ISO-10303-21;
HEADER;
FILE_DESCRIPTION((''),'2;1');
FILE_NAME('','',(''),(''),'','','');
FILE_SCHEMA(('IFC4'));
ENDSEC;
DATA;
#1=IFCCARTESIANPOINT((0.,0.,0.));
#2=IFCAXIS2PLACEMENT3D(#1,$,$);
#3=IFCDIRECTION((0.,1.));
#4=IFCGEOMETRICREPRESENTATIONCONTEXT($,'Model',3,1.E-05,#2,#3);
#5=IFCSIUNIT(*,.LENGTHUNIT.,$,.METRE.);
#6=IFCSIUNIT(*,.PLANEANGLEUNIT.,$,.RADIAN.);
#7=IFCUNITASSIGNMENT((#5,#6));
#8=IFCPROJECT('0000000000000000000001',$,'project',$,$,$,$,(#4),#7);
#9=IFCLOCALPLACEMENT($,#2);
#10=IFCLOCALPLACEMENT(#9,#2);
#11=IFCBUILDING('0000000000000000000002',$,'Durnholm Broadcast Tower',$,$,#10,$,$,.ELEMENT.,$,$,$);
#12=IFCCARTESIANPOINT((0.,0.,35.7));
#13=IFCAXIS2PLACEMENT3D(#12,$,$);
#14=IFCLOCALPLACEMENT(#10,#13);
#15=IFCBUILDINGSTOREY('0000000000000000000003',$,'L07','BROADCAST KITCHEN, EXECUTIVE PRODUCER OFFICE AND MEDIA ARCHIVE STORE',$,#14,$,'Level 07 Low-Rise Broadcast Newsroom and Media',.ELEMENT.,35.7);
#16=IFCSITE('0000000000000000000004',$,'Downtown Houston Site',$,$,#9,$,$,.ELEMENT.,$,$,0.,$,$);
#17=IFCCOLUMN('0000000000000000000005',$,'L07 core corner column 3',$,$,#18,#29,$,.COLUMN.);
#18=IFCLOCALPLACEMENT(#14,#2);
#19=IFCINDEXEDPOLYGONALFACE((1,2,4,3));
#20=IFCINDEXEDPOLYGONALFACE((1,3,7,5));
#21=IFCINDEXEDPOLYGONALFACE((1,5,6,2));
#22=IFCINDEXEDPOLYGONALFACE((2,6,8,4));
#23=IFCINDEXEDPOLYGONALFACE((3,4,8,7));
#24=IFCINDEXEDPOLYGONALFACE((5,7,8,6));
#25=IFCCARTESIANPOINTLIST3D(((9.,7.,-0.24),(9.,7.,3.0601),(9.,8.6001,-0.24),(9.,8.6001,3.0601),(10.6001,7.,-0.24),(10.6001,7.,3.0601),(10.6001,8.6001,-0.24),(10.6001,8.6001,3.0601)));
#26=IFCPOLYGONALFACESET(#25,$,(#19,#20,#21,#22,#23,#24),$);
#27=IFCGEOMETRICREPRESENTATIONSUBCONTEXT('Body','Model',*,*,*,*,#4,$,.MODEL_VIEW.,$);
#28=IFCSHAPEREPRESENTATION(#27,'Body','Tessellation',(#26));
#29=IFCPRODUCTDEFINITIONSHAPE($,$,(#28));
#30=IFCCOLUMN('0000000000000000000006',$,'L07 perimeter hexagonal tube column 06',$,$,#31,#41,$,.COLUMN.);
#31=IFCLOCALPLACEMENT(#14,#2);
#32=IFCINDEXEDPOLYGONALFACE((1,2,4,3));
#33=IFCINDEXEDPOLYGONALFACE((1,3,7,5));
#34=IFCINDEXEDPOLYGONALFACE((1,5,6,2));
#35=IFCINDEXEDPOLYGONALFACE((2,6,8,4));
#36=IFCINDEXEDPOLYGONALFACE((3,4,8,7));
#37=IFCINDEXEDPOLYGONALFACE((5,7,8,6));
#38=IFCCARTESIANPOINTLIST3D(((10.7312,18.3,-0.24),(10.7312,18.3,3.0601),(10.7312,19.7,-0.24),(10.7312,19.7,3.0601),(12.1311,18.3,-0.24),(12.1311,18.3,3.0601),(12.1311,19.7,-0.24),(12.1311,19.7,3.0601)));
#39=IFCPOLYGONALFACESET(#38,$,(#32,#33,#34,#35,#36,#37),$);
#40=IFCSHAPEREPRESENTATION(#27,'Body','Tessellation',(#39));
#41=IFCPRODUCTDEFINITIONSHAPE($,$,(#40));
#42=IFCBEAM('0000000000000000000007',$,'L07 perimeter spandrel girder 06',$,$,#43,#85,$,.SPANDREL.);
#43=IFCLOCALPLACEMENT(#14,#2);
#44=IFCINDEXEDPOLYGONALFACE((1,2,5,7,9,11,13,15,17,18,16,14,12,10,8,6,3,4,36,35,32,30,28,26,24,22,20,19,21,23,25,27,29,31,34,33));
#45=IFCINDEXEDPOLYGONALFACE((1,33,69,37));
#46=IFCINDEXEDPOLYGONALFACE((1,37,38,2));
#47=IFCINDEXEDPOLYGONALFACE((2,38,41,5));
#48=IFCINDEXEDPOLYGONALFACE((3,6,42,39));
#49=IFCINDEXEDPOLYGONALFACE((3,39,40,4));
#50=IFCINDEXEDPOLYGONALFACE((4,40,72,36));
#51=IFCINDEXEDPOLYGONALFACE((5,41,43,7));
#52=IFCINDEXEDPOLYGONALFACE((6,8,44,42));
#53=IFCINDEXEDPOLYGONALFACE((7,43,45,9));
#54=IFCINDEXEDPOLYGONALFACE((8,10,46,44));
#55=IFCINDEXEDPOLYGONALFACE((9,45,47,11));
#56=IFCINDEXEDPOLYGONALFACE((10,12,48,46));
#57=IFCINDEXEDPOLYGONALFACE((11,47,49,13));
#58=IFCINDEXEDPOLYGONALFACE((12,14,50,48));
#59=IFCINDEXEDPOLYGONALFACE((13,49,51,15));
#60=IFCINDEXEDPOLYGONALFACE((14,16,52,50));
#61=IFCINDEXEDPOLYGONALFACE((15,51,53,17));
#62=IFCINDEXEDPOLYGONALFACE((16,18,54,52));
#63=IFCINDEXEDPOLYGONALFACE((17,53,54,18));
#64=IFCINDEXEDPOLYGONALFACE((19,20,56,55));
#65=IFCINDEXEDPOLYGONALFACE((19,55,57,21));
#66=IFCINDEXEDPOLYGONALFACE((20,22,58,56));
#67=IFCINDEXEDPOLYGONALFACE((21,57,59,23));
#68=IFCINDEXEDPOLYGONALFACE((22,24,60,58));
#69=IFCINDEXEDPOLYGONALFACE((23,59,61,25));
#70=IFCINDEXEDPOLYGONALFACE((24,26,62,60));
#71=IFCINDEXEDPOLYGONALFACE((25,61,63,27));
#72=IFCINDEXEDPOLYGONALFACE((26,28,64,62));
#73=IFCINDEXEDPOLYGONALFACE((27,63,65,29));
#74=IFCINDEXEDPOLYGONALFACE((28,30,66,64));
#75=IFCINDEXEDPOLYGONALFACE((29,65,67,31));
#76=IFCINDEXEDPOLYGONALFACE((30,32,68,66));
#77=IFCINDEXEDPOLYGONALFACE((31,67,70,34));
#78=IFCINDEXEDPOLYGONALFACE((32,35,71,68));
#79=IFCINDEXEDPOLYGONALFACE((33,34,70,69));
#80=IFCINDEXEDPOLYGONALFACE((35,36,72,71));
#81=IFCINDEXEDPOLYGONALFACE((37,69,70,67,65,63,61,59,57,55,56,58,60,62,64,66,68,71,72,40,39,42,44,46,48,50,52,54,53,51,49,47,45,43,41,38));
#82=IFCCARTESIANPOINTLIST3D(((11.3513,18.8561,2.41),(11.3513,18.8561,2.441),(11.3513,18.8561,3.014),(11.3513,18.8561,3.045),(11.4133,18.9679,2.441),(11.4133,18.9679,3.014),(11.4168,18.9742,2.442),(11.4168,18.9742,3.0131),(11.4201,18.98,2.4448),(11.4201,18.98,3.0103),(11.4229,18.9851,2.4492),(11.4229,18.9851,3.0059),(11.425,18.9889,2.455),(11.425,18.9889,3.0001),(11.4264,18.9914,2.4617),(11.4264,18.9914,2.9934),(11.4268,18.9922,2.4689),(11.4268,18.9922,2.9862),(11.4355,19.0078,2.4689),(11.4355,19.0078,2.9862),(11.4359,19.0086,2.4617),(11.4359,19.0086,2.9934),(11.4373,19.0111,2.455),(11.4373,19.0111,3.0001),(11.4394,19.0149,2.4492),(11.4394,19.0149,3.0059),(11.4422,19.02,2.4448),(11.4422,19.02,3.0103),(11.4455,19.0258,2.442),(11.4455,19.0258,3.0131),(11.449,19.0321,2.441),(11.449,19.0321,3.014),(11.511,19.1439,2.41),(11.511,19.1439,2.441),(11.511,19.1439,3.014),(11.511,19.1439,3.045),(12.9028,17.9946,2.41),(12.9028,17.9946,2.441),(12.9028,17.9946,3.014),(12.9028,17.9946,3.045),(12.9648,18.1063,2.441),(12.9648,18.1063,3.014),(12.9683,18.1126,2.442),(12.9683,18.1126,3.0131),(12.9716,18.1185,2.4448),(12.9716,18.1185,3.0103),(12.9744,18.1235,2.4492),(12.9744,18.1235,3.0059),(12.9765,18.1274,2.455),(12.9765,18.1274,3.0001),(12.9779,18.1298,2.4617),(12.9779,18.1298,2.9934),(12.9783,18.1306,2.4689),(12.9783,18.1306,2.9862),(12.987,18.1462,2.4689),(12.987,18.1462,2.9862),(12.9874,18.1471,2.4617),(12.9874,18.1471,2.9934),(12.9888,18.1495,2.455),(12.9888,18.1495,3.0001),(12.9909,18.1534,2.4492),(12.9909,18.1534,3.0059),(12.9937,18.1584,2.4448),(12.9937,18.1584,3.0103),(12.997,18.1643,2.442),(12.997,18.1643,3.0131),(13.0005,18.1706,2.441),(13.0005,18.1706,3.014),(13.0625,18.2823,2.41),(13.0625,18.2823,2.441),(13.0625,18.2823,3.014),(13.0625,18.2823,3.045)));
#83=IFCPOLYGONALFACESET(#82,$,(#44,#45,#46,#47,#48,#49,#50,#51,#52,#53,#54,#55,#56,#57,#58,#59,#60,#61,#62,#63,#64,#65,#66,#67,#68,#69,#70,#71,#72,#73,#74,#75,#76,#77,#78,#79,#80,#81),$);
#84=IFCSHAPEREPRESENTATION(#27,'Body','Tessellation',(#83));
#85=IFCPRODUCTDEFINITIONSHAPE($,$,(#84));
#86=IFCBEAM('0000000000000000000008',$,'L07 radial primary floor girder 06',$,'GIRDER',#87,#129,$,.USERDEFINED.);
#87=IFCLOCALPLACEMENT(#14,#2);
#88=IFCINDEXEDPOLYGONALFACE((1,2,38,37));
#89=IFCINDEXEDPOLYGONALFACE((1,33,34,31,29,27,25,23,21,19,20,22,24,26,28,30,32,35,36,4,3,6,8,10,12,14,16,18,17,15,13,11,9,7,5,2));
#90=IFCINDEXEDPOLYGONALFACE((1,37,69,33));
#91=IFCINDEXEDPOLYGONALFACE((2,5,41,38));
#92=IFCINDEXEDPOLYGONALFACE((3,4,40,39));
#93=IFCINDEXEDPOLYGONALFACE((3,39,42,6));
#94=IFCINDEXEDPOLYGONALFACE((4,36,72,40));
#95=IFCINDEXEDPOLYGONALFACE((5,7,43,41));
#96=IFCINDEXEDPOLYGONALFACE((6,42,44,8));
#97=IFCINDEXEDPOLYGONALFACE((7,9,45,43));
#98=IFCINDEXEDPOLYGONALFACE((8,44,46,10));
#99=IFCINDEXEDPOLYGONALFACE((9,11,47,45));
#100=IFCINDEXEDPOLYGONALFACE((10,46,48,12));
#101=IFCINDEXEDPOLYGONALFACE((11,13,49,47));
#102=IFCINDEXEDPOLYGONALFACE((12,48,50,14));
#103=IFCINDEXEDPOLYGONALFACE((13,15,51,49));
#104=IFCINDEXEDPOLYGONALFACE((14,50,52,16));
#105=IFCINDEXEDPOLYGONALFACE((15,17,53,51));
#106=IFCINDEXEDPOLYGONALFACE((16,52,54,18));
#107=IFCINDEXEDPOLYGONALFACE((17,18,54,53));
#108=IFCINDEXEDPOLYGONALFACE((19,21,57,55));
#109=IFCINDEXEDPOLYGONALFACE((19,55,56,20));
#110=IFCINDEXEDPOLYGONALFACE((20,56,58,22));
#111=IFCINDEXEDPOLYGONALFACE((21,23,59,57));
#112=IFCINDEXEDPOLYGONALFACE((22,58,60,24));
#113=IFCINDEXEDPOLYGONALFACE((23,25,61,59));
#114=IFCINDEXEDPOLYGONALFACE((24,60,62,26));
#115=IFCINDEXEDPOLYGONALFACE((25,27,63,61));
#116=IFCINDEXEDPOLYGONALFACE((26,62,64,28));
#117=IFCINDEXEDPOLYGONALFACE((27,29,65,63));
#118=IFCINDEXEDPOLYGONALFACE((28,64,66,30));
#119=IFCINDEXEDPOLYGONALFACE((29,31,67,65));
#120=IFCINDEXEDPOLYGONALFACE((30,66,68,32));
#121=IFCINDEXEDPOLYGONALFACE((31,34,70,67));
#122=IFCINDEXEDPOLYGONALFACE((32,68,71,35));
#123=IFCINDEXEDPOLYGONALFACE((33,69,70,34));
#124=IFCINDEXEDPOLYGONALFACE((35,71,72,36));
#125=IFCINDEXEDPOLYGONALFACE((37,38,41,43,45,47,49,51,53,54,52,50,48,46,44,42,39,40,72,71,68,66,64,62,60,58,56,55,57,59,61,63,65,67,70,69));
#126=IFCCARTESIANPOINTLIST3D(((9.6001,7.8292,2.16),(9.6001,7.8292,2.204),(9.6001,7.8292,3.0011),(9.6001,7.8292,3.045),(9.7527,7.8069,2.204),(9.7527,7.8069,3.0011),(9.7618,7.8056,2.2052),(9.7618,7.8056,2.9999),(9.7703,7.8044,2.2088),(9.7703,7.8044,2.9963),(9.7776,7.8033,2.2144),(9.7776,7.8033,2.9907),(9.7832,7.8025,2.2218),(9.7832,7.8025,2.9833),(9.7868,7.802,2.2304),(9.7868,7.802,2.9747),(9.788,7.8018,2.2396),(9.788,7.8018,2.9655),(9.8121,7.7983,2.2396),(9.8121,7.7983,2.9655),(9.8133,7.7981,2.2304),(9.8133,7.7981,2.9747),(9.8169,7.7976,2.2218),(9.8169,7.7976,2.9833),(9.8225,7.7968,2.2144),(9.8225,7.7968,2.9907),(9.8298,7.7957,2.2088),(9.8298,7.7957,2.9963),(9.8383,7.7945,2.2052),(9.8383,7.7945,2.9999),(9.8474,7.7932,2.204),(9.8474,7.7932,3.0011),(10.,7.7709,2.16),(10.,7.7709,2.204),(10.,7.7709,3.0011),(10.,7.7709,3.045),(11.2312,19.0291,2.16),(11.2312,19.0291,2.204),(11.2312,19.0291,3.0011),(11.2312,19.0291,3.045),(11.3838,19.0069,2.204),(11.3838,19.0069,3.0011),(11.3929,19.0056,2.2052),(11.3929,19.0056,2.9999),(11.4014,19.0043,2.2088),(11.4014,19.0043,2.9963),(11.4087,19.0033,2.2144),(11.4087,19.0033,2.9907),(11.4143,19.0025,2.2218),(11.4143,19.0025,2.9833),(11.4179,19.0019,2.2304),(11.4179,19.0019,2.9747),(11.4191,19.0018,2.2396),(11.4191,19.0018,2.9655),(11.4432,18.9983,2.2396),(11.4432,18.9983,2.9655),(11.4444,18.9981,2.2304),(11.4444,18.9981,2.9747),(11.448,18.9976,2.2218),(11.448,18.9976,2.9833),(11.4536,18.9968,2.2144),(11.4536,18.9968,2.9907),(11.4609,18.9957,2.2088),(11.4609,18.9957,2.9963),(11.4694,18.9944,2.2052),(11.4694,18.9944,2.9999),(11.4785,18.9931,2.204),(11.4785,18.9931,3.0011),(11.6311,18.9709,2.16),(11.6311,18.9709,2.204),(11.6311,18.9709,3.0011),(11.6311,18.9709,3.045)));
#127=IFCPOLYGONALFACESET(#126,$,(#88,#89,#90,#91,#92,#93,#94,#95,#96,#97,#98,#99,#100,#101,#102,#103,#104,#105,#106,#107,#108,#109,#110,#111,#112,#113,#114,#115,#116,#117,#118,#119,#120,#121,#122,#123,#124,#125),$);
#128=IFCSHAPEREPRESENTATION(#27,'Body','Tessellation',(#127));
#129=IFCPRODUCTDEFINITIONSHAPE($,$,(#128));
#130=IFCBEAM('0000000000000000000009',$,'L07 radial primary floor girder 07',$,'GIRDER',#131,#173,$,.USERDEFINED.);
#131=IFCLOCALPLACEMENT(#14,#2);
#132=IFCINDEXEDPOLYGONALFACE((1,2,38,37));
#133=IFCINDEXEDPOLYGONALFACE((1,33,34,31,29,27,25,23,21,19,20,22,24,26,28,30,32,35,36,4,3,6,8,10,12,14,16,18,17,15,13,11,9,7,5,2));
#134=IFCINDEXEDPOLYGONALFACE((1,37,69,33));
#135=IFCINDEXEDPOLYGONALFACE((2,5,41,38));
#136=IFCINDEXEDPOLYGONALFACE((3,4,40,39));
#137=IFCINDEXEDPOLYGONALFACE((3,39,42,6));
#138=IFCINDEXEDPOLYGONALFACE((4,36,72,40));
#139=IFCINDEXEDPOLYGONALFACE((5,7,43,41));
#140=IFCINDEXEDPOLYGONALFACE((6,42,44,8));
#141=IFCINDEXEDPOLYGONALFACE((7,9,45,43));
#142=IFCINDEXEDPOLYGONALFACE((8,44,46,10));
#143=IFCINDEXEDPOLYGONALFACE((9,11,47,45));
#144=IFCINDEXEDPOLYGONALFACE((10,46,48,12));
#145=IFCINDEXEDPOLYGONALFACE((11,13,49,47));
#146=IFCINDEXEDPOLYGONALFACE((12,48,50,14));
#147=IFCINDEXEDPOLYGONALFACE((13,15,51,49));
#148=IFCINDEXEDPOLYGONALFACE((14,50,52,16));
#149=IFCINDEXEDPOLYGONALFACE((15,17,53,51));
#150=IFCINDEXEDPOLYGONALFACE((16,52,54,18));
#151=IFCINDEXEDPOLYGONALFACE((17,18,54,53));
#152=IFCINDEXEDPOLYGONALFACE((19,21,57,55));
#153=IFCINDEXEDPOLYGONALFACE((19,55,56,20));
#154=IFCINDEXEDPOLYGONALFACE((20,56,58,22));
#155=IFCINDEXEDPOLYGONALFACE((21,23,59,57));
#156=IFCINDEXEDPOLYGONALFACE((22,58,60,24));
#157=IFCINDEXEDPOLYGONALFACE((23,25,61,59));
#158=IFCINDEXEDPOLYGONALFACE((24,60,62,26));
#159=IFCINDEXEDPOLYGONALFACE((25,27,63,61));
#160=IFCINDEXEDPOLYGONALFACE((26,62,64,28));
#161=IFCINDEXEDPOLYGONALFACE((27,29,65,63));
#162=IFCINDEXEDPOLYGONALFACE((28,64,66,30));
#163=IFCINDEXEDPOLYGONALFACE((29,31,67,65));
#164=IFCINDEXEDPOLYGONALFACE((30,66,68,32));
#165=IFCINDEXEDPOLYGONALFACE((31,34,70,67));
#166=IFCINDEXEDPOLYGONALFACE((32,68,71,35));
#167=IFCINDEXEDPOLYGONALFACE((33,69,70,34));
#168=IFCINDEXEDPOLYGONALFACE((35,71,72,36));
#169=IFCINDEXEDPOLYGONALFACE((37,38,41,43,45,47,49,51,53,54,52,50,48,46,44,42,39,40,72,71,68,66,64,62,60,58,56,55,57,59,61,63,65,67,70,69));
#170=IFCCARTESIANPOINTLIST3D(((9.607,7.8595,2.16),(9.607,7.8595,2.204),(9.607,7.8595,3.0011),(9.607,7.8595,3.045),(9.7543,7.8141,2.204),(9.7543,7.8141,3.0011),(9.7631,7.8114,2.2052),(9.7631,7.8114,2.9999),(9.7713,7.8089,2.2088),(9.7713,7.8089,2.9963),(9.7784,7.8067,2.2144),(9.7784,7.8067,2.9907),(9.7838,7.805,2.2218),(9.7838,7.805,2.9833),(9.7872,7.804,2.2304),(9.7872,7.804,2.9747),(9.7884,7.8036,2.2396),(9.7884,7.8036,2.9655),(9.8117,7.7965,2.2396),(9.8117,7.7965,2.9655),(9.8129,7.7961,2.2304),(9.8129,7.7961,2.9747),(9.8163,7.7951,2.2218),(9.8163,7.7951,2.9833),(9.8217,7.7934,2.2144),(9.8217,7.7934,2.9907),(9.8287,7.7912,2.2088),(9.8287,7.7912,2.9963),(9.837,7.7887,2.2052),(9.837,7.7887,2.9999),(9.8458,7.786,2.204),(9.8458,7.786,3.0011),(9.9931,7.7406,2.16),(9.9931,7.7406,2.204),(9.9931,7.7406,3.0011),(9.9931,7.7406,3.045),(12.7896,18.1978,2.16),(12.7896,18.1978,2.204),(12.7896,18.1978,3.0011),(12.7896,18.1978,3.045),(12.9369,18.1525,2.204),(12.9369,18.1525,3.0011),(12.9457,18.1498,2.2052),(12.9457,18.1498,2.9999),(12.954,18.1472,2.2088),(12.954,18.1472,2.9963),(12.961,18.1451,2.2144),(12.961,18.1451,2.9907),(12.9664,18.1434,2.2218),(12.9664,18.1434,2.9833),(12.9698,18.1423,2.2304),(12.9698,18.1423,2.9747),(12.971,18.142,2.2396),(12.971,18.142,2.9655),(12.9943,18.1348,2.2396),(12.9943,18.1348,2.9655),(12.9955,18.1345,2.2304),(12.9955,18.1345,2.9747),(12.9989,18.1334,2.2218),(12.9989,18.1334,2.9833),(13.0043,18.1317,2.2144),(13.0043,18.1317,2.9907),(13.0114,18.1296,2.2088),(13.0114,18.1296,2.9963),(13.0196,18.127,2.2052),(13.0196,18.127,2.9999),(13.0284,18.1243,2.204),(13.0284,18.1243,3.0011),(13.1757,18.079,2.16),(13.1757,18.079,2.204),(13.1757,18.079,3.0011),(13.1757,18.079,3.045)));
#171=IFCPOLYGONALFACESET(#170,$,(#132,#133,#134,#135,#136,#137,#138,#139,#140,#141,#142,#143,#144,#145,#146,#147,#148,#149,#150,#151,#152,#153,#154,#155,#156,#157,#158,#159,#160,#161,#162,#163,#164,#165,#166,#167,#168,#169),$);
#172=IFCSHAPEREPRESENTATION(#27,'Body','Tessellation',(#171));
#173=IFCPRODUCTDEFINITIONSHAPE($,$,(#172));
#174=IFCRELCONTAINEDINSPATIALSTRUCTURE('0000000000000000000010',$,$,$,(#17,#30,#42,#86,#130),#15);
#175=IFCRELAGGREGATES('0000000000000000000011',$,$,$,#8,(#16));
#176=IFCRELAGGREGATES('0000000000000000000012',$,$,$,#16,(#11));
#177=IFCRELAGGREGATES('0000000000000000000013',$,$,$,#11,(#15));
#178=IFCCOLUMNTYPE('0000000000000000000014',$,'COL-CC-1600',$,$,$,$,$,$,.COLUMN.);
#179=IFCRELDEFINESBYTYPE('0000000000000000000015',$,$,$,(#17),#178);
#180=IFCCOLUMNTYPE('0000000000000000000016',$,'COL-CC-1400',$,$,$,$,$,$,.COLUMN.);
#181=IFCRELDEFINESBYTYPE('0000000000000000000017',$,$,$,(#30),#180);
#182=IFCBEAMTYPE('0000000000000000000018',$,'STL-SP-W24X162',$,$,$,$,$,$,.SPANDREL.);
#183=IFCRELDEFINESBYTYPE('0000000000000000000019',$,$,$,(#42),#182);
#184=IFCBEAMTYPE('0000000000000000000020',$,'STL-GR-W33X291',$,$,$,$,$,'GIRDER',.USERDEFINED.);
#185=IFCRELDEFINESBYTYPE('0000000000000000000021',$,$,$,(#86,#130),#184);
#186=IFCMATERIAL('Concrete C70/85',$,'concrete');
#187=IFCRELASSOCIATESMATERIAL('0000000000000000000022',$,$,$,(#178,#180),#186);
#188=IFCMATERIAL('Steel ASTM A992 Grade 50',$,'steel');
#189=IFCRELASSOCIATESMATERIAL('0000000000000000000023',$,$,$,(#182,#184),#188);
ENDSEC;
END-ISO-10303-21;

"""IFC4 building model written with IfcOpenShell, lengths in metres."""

from ifc_helpers import new_model, si_unit, direction, frame, origin, origin_2d, place, context, subcontext, project, spatial, rectangle, i_section, extrude, source, transform, mapped, material, material_profile, profile_set, type_object, type_shapes, element, save


model = new_model("IFC4")

# Units and contexts
model_context = context("Model", 3, precision=1e-05, world=origin(), true_north=direction((0.0, 1.0)))
body_context = subcontext(model_context, "Body", "Model", "MODEL_VIEW")
ifc_project = project(units=[si_unit("LENGTHUNIT", "METRE"), si_unit("PLANEANGLEUNIT", "RADIAN")], contexts=[model_context])

# Site, building, storey
site_placement = place(None, origin())
site = spatial("IfcSite", under=ifc_project, at=site_placement, Name="Downtown Houston Site", CompositionType="ELEMENT", RefElevation=0.0)
building_placement = place(site_placement, origin())
building = spatial("IfcBuilding", under=site, at=building_placement, Name="Durnholm Broadcast Tower", CompositionType="ELEMENT")
storey_placement = place(building_placement, frame((0.0, 0.0, 35.7)))
storey = spatial("IfcBuildingStorey", under=building, at=storey_placement, Name="L07", Description="BROADCAST KITCHEN, EXECUTIVE PRODUCER OFFICE AND MEDIA ARCHIVE STORE", LongName="Level 07 Low-Rise Broadcast Newsroom and Media", CompositionType="ELEMENT", Elevation=35.7)

# Columns
ifc_material_1 = material(Name="Concrete C70/85", Category="concrete")
ifc_material_profile_1 = material_profile(ifc_material_1, rectangle(XDim=1.6001, YDim=1.6001, at=origin_2d()), Name="RC1600X1600")
ifc_profile_set_1 = profile_set([ifc_material_profile_1], Name="Concrete C70/85")
column_type_1 = type_object("IfcColumnType", Name="COL-CC-1600", PredefinedType="COLUMN", material=ifc_profile_set_1)
shared_shape_1 = source(origin(), body_context, "Body", "SweptSolid", [
    extrude(rectangle(XDim=1.6001, YDim=1.6001, at=origin_2d()), origin(), (0.0, 0.0, 1.0), 3.3),
])
type_shapes(column_type_1, [shared_shape_1])
column_1_placement = place(storey_placement, frame((9.8, 7.8, -0.24), z_axis=(0.0, 0.0, 1.0), x_axis=(1.0, 0.0, 0.0)))
element("IfcColumn", 1, at=column_1_placement, inside=storey, type_object=column_type_1, Name="L07 core corner column 3", PredefinedType="COLUMN", context=body_context, shape_type="MappedRepresentation", body=[
    mapped(shared_shape_1, transform((0.0, 0.0, 0.0), x_axis=(1.0, 0.0, 0.0), y_axis=(0.0, 1.0, 0.0), z_axis=(0.0, 0.0, 1.0), scale=1.0)),
])
ifc_material_profile_2 = material_profile(ifc_material_1, rectangle(XDim=1.3999, YDim=1.3999, at=origin_2d()), Name="RC1400X1400")
ifc_profile_set_2 = profile_set([ifc_material_profile_2], Name="Concrete C70/85")
column_type_2 = type_object("IfcColumnType", Name="COL-CC-1400", PredefinedType="COLUMN", material=ifc_profile_set_2)
shared_shape_2 = source(origin(), body_context, "Body", "SweptSolid", [
    extrude(rectangle(XDim=1.3999, YDim=1.3999, at=origin_2d()), origin(), (0.0, 0.0, 1.0), 3.3),
])
type_shapes(column_type_2, [shared_shape_2])
column_2_placement = place(storey_placement, frame((11.4312, 19.0, -0.24), z_axis=(0.0, 0.0, 1.0), x_axis=(1.0, 0.0, 0.0)))
element("IfcColumn", 2, at=column_2_placement, inside=storey, type_object=column_type_2, Name="L07 perimeter hexagonal tube column 06", PredefinedType="COLUMN", context=body_context, shape_type="MappedRepresentation", body=[
    mapped(shared_shape_2, transform((0.0, 0.0, 0.0), x_axis=(1.0, 0.0, 0.0), y_axis=(0.0, 1.0, 0.0), z_axis=(0.0, 0.0, 1.0), scale=1.0)),
])

# Beams
ifc_material_2 = material(Name="Steel ASTM A992 Grade 50", Category="steel")
ifc_material_profile_3 = material_profile(ifc_material_2, i_section(OverallWidth=0.3291, OverallDepth=0.635, WebThickness=0.0178, FlangeThickness=0.031, FilletRadius=0.0278, at=origin_2d()), Name="W24X162")
ifc_profile_set_3 = profile_set([ifc_material_profile_3], Name="Steel ASTM A992 Grade 50")
beam_type_1 = type_object("IfcBeamType", Name="STL-SP-W24X162", PredefinedType="SPANDREL", material=ifc_profile_set_3)
shared_shape_3 = source(origin(), body_context, "Body", "SweptSolid", [
    extrude(i_section(OverallWidth=0.3291, OverallDepth=0.635, WebThickness=0.0178, FlangeThickness=0.031, FilletRadius=0.0278, at=origin_2d()), origin(), (0.0, 0.0, 1.0), 1.7747),
])
type_shapes(beam_type_1, [shared_shape_3])
beam_1_placement = place(storey_placement, frame((11.4312, 19.0, 2.7275), z_axis=(0.874248, -0.485479, 0.0), x_axis=(0.485479, 0.874248, 0.0)))
element("IfcBeam", 3, at=beam_1_placement, inside=storey, type_object=beam_type_1, Name="L07 perimeter spandrel girder 06", PredefinedType="SPANDREL", context=body_context, shape_type="MappedRepresentation", body=[
    mapped(shared_shape_3, transform((0.0, 0.0, 0.0), x_axis=(1.0, 0.0, 0.0), y_axis=(0.0, 1.0, 0.0), z_axis=(0.0, 0.0, 1.0), scale=1.0)),
])
ifc_material_profile_4 = material_profile(ifc_material_2, i_section(OverallWidth=0.4041, OverallDepth=0.885, WebThickness=0.0244, FlangeThickness=0.0439, FilletRadius=0.0356, at=origin_2d()), Name="W33X291")
ifc_profile_set_4 = profile_set([ifc_material_profile_4], Name="Steel ASTM A992 Grade 50")
beam_type_2 = type_object("IfcBeamType", Name="STL-GR-W33X291", ElementType="GIRDER", PredefinedType="USERDEFINED", material=ifc_profile_set_4)
shared_shape_4 = source(origin(), body_context, "Body", "SweptSolid", [
    extrude(i_section(OverallWidth=0.4041, OverallDepth=0.885, WebThickness=0.0244, FlangeThickness=0.0439, FilletRadius=0.0356, at=origin_2d()), origin(), (0.0, 0.0, 1.0), 11.3181),
])
beam_2_placement = place(storey_placement, frame((9.8, 7.8, 2.6025), z_axis=(0.144115, 0.989561, 0.0), x_axis=(-0.989561, 0.144115, 0.0)))
element("IfcBeam", 4, at=beam_2_placement, inside=storey, type_object=beam_type_2, Name="L07 radial primary floor girder 06", ObjectType="GIRDER", PredefinedType="USERDEFINED", context=body_context, shape_type="MappedRepresentation", body=[
    mapped(shared_shape_4, transform((0.0, 0.0, 0.0), x_axis=(1.0, 0.0, 0.0), y_axis=(0.0, 1.0, 0.0), z_axis=(0.0, 0.0, 1.0), scale=1.0)),
])
shared_shape_5 = source(origin(), body_context, "Body", "SweptSolid", [
    extrude(i_section(OverallWidth=0.4041, OverallDepth=0.885, WebThickness=0.0244, FlangeThickness=0.0439, FilletRadius=0.0356, at=origin_2d()), origin(), (0.0, 0.0, 1.0), 10.8171),
])
beam_3_placement = place(storey_placement, frame((9.8, 7.8, 2.6025), z_axis=(0.294219, 0.955738, 0.0), x_axis=(-0.955738, 0.294219, 0.0)))
element("IfcBeam", 5, at=beam_3_placement, inside=storey, type_object=beam_type_2, Name="L07 radial primary floor girder 07", ObjectType="GIRDER", PredefinedType="USERDEFINED", context=body_context, shape_type="MappedRepresentation", body=[
    mapped(shared_shape_5, transform((0.0, 0.0, 0.0), x_axis=(1.0, 0.0, 0.0), y_axis=(0.0, 1.0, 0.0), z_axis=(0.0, 0.0, 1.0), scale=1.0)),
])

save(model, "model.ifc")
